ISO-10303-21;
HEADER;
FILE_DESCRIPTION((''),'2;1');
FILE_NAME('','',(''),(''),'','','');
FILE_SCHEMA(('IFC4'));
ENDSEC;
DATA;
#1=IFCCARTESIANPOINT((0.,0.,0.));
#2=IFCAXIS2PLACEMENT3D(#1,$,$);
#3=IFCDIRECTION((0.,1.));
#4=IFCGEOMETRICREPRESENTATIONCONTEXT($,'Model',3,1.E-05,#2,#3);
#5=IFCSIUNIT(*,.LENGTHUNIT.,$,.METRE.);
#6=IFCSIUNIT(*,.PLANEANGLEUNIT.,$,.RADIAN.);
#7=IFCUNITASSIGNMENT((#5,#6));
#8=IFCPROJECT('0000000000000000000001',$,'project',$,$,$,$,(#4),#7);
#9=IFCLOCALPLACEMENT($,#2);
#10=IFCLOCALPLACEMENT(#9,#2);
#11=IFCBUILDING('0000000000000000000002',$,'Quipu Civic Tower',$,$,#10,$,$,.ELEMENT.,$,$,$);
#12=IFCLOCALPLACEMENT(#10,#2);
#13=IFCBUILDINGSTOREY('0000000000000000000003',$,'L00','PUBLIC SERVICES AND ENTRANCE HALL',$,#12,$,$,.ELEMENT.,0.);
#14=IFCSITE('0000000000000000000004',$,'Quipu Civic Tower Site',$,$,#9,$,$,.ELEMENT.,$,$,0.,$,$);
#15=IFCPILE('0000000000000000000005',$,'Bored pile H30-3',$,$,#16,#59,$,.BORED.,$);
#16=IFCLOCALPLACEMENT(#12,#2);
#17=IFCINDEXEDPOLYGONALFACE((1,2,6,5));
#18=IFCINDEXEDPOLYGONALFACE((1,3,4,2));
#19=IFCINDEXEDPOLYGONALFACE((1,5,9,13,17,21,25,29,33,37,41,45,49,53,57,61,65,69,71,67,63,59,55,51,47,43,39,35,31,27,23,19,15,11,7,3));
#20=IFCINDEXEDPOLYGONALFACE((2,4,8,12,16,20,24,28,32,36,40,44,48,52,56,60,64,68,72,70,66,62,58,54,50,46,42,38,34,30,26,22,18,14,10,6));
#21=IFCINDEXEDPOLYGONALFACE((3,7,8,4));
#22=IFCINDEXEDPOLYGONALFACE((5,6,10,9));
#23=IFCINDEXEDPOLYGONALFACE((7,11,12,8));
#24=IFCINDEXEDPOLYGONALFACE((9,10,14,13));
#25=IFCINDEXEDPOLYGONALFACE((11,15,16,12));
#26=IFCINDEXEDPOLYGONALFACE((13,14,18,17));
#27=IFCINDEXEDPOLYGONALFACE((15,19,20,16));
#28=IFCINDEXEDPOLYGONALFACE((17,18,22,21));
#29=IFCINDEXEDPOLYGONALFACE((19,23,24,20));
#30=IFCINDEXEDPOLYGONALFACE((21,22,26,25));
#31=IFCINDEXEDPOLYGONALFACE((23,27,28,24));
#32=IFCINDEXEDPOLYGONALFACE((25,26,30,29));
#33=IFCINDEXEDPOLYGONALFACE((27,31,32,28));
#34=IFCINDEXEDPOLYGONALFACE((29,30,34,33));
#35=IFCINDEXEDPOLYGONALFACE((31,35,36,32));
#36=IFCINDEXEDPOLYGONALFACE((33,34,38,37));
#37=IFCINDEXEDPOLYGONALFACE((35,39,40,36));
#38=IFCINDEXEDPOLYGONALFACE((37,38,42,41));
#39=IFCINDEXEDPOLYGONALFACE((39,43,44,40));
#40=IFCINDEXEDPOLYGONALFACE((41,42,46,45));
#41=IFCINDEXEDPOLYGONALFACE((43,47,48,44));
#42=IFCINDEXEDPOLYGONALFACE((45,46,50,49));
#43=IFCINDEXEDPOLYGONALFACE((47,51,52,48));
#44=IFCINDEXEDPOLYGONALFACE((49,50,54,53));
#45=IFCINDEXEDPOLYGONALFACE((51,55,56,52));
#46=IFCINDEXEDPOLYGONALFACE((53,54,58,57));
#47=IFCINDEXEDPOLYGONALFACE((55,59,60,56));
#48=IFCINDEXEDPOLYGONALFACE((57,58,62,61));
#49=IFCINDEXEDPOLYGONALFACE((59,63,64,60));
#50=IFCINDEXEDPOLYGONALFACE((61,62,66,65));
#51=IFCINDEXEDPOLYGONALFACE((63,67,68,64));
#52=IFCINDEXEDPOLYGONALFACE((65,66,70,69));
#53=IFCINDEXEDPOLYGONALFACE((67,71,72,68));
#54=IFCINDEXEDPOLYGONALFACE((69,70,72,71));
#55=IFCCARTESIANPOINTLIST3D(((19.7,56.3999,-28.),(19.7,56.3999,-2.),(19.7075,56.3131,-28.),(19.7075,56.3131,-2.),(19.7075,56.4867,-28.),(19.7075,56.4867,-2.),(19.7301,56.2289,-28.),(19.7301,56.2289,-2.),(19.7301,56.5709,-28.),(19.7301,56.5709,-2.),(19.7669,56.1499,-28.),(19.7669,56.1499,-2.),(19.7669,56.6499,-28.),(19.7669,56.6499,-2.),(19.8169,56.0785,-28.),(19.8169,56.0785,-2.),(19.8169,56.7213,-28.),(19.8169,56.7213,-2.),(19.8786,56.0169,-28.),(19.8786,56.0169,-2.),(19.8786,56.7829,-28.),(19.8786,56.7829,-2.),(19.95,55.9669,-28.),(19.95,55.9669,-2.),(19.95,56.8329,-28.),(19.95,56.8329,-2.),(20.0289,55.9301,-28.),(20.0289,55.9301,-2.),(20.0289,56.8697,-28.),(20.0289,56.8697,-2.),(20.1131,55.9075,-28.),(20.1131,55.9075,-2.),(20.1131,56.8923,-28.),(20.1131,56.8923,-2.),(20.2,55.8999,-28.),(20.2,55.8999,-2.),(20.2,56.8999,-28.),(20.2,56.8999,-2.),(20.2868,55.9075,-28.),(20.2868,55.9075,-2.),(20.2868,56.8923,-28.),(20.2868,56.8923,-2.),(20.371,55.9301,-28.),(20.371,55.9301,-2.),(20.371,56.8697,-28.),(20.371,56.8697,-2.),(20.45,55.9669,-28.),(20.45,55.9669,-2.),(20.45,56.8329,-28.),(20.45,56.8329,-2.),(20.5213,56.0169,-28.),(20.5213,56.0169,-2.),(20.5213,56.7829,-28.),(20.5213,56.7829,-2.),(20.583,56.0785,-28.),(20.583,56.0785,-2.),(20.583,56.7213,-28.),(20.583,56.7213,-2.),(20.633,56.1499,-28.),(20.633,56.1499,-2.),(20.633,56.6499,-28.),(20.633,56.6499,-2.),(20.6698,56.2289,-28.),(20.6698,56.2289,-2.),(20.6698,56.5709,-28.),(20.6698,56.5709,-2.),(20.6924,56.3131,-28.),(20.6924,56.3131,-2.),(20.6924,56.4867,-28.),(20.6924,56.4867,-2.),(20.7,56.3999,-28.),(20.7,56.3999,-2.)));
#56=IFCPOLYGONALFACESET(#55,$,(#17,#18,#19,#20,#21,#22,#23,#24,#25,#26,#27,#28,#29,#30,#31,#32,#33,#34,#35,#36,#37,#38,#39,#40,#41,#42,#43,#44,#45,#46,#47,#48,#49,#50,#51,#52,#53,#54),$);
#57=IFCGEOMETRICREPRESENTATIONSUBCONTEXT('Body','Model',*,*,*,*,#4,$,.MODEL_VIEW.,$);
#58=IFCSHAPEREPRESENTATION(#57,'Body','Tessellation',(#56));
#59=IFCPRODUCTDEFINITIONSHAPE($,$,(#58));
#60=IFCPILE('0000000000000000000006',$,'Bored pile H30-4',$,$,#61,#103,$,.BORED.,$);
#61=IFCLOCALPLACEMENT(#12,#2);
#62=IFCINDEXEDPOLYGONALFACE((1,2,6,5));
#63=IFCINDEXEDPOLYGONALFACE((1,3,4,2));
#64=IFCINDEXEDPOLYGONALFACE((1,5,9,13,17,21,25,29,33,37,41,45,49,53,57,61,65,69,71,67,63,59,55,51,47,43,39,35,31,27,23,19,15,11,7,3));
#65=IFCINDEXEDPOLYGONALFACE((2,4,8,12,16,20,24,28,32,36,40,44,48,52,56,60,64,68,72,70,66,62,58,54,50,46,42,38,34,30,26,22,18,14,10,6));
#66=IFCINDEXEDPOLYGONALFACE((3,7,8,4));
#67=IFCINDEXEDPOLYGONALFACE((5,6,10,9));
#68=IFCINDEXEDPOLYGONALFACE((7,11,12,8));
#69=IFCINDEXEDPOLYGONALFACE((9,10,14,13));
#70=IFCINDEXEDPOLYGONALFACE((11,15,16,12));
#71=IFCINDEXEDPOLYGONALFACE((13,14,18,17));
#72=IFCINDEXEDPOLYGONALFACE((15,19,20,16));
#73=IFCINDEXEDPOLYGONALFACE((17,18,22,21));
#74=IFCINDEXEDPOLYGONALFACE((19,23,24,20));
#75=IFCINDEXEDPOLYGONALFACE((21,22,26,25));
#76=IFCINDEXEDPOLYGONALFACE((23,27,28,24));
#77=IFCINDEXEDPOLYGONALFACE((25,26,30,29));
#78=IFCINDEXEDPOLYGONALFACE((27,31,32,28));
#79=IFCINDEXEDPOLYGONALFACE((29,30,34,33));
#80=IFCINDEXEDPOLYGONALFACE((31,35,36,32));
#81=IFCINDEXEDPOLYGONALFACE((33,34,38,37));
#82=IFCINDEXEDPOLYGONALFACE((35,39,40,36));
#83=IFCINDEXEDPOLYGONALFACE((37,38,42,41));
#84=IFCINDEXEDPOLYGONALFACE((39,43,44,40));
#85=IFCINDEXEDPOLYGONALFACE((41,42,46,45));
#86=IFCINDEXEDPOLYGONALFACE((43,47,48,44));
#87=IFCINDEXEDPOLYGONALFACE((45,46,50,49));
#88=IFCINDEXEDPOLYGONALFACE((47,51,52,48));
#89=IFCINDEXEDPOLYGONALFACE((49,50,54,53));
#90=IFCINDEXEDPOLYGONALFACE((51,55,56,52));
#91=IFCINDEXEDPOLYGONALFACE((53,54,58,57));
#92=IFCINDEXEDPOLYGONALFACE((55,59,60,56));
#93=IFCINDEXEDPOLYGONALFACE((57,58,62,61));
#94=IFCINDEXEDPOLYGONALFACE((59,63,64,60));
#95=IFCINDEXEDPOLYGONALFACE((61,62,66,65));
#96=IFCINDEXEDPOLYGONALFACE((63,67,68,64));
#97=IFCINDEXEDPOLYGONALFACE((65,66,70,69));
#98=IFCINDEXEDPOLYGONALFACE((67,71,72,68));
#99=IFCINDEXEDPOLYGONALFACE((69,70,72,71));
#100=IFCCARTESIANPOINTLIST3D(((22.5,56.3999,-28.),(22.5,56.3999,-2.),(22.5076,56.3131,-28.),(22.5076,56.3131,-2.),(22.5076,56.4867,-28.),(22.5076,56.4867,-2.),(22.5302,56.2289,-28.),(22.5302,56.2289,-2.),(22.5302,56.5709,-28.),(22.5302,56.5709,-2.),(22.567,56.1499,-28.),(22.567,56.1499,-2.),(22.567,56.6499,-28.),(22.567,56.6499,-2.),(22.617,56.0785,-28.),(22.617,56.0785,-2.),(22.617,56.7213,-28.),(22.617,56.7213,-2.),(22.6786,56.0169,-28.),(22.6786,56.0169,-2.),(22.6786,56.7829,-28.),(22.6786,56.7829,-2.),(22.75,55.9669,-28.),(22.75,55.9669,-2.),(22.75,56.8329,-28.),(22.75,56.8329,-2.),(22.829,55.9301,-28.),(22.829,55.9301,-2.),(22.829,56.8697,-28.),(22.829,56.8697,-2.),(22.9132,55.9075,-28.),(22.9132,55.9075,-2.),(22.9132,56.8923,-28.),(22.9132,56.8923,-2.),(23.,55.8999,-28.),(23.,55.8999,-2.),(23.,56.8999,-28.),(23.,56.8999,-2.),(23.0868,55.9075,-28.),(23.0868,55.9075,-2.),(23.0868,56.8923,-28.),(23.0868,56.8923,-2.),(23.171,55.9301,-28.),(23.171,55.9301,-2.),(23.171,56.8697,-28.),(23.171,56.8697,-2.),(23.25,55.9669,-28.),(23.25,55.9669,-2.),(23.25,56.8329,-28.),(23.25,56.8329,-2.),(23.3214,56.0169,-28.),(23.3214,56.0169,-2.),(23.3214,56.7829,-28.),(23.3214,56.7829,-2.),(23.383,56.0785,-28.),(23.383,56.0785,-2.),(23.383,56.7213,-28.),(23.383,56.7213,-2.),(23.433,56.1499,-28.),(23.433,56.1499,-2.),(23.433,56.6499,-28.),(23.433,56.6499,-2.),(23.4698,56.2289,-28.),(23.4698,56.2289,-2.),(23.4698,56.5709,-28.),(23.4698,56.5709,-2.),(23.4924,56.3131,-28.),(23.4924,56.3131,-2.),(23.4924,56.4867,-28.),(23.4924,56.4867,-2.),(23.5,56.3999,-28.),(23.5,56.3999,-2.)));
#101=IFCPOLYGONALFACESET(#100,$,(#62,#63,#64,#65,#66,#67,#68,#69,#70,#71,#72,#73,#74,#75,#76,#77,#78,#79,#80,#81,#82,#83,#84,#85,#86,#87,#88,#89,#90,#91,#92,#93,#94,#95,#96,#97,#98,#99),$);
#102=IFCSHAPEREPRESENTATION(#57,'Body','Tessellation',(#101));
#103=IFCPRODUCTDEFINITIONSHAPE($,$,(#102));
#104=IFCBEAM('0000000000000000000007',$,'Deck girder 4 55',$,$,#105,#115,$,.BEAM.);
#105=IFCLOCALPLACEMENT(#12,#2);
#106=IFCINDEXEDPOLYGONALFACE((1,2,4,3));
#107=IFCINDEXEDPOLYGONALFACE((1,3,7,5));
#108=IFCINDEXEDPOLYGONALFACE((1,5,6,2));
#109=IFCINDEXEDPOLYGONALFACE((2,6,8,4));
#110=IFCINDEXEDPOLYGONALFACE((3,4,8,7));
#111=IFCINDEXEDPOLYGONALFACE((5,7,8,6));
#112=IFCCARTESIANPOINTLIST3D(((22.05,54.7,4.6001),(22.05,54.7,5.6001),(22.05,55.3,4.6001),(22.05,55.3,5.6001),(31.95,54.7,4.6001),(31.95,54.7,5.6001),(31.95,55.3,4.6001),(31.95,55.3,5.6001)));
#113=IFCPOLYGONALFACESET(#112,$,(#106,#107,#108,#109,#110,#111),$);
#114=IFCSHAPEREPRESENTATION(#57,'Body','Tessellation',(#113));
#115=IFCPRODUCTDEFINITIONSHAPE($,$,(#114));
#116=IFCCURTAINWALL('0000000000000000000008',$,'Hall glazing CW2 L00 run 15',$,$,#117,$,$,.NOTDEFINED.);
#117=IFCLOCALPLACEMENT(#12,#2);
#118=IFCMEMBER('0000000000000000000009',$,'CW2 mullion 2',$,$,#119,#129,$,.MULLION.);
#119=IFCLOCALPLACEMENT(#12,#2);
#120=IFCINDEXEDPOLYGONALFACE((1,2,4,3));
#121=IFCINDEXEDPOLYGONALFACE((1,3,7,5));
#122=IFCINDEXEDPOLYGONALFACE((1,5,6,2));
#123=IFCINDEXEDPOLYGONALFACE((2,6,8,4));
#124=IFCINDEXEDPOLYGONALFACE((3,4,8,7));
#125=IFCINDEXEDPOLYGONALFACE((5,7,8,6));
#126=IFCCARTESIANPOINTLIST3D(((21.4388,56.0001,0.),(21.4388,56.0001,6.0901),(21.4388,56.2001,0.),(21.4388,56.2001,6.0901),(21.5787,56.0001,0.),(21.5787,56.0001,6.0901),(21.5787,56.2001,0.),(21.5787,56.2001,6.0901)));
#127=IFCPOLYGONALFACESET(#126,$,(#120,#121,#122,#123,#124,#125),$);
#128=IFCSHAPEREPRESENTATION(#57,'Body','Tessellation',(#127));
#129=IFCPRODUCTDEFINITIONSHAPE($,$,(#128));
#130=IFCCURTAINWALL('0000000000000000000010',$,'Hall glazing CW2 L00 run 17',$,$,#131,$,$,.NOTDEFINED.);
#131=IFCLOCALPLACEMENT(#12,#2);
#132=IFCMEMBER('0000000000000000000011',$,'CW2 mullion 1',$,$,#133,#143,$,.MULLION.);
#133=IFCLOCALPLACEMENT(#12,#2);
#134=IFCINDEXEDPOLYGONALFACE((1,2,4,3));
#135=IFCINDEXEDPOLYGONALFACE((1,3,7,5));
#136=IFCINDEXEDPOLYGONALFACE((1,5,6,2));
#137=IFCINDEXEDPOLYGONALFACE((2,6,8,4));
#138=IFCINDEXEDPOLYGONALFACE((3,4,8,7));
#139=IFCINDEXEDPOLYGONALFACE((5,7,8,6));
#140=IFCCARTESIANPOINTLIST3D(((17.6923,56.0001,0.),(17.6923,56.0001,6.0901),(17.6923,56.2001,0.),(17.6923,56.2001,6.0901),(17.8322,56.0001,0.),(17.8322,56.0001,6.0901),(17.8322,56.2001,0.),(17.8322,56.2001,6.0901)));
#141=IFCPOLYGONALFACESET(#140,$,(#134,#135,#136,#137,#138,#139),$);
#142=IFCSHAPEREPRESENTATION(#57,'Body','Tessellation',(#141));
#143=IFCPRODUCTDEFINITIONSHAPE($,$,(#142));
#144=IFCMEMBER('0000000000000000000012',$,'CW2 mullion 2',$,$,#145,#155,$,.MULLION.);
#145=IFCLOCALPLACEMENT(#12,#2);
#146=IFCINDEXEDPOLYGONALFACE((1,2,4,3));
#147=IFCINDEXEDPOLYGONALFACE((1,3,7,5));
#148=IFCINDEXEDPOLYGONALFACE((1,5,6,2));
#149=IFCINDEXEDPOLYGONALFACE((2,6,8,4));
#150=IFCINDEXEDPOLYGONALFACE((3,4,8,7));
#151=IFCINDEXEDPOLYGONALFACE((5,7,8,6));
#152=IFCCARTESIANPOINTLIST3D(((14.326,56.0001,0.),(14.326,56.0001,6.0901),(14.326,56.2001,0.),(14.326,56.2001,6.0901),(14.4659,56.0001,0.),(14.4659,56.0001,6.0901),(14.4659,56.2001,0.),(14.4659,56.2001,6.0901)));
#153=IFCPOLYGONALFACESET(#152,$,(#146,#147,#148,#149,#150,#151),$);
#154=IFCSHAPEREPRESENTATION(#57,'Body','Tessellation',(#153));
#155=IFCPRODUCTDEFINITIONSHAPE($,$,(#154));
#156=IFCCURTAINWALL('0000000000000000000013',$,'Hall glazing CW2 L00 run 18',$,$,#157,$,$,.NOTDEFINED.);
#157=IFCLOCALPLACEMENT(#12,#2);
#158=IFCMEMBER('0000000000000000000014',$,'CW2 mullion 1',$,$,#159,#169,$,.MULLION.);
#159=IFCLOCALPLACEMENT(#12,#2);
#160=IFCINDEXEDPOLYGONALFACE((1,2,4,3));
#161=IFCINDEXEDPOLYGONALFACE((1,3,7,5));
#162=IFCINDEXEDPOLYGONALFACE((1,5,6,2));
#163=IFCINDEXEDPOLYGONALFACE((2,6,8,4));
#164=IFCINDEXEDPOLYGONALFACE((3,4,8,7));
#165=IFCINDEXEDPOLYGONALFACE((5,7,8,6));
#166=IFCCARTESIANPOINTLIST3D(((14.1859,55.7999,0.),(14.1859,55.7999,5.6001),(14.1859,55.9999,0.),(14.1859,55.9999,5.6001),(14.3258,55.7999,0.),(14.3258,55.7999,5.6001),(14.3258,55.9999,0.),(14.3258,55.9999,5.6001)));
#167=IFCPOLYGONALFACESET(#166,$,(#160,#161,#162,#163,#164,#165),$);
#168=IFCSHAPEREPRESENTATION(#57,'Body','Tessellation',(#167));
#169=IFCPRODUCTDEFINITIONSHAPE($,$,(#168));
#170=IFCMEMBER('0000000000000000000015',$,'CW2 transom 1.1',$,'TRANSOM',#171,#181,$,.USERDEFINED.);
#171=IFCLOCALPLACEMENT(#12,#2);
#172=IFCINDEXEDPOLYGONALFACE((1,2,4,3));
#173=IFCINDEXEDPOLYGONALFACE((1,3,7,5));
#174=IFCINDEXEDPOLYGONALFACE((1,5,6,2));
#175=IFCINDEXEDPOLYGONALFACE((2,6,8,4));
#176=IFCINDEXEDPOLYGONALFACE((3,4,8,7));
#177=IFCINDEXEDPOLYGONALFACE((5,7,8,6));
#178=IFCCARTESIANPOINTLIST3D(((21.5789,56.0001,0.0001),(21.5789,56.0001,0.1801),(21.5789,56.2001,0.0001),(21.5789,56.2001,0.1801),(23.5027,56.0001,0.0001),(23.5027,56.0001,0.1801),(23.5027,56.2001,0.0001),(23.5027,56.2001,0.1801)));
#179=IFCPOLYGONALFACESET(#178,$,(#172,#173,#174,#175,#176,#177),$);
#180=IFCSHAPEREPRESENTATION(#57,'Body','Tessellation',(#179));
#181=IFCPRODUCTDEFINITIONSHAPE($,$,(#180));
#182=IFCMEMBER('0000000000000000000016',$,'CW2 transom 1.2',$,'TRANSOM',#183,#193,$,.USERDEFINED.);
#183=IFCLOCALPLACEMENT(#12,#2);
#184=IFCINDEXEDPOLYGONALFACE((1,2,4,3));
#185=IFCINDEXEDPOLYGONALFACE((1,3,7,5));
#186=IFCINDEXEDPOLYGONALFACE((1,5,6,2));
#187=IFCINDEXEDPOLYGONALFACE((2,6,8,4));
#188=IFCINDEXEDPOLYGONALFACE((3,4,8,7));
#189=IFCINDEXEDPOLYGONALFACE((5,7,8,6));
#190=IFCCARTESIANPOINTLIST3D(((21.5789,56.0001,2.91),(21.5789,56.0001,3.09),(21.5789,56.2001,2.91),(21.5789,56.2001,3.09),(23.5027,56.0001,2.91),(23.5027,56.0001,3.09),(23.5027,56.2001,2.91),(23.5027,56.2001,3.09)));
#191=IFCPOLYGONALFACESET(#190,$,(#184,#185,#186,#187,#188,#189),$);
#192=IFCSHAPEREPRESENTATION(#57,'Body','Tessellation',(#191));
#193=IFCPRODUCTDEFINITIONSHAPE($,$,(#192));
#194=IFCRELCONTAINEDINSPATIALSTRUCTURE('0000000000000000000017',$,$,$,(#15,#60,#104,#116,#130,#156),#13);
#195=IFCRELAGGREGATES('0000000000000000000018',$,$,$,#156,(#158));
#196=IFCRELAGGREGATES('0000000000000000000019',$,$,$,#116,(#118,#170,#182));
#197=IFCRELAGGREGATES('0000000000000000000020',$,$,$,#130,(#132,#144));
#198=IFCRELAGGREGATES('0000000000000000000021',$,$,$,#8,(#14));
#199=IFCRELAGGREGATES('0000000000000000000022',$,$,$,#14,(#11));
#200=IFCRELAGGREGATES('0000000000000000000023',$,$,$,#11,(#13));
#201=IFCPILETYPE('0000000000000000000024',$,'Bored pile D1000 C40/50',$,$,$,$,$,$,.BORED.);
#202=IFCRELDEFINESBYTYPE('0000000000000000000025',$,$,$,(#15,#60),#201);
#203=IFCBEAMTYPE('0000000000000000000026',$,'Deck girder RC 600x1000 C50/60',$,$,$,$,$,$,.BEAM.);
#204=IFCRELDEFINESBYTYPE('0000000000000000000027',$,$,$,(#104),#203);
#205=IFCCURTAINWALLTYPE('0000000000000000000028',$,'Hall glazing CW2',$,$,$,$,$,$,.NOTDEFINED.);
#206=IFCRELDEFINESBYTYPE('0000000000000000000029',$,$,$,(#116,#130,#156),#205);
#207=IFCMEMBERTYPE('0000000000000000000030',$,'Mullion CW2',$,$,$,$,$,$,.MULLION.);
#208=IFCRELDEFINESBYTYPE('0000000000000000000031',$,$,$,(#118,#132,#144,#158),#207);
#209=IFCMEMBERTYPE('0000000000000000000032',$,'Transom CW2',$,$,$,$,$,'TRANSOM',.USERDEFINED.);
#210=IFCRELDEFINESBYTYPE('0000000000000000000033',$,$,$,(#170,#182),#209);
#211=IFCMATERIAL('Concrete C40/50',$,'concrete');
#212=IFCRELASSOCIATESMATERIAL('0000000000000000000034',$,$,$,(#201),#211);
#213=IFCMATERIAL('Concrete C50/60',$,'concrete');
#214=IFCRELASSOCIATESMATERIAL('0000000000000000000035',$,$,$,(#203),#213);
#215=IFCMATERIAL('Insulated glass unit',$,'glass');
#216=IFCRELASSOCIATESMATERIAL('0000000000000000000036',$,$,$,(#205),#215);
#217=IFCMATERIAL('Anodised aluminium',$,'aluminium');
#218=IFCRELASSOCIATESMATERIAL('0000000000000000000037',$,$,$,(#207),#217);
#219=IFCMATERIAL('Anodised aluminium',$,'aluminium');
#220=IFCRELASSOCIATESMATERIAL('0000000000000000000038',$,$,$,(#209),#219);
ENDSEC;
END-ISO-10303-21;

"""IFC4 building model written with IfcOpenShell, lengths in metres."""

from ifc_helpers import new_model, si_unit, direction, frame, origin, origin_2d, place, context, subcontext, project, spatial, rectangle, circle, extrude, material, material_profile, profile_set, type_object, element, aggregate, save


model = new_model("IFC4")

# Units and contexts
model_context = context("Model", 3, precision=1e-05, world=origin(), true_north=direction((0.0, 1.0)))
body_context = subcontext(model_context, "Body", "Model", "MODEL_VIEW")
ifc_project = project(units=[si_unit("LENGTHUNIT", "METRE"), si_unit("PLANEANGLEUNIT", "RADIAN")], contexts=[model_context])

# Site, building, storey
site_placement = place(None, origin())
site = spatial("IfcSite", under=ifc_project, at=site_placement, Name="Quipu Civic Tower Site", CompositionType="ELEMENT", RefElevation=0.0)
building_placement = place(site_placement, origin())
building = spatial("IfcBuilding", under=site, at=building_placement, Name="Quipu Civic Tower", CompositionType="ELEMENT")
storey_placement = place(building_placement, origin())
storey = spatial("IfcBuildingStorey", under=building, at=storey_placement, Name="L00", Description="PUBLIC SERVICES AND ENTRANCE HALL", CompositionType="ELEMENT", Elevation=0.0)

# Piles
ifc_material_1 = material(Name="Concrete C40/50", Category="concrete")
ifc_material_profile_1 = material_profile(ifc_material_1, circle(Radius=0.5, at=origin_2d()), Name="RCD1000")
ifc_profile_set_1 = profile_set([ifc_material_profile_1], Name="Concrete C40/50")
pile_type = type_object("IfcPileType", Name="Bored pile D1000 C40/50", PredefinedType="BORED", material=ifc_profile_set_1)
for number, where, z_axis, x_axis, name in (
    (1, (20.2, 56.3999, -2.0), (0.0, 0.0, -1.0), (1.0, 0.0, 0.0), "Bored pile H30-3"),
    (2, (23.0, 56.3999, -2.0), (0.0, 0.0, -1.0), (1.0, 0.0, 0.0), "Bored pile H30-4"),
):
    element("IfcPile", number, at=place(storey_placement, frame(where, z_axis=z_axis, x_axis=x_axis)), inside=storey, type_object=pile_type, Name=name, PredefinedType="BORED", context=body_context, shape_type="SweptSolid", body=[
        extrude(circle(Radius=0.5, at=origin_2d()), origin(), (0.0, 0.0, 1.0), 26.0),
    ])

# Beam
ifc_material_2 = material(Name="Concrete C50/60", Category="concrete")
ifc_material_profile_2 = material_profile(ifc_material_2, rectangle(XDim=0.6001, YDim=1.0, at=origin_2d()), Name="RC600x1000")
ifc_profile_set_2 = profile_set([ifc_material_profile_2], Name="Concrete C50/60")
beam_type = type_object("IfcBeamType", Name="Deck girder RC 600x1000 C50/60", PredefinedType="BEAM", material=ifc_profile_set_2)
beam_placement = place(storey_placement, frame((22.05, 55.0, 5.1001), z_axis=(1.0, 0.0, 0.0), x_axis=(0.0, 1.0, 0.0)))
element("IfcBeam", 3, at=beam_placement, inside=storey, type_object=beam_type, Name="Deck girder 4 55", PredefinedType="BEAM", context=body_context, shape_type="SweptSolid", body=[
    extrude(rectangle(XDim=0.6001, YDim=1.0, at=origin_2d()), origin(), (0.0, 0.0, 1.0), 9.8999),
])

# Curtain wall, member
ifc_material_3 = material(Name="Insulated glass unit", Category="glass")
curtain_wall_type = type_object("IfcCurtainWallType", Name="Hall glazing CW2", PredefinedType="NOTDEFINED", material=ifc_material_3)
curtain_wall_1_placement = place(storey_placement, origin())
curtain_wall_1 = element("IfcCurtainWall", 4, at=curtain_wall_1_placement, inside=storey, type_object=curtain_wall_type, Name="Hall glazing CW2 L00 run 15", PredefinedType="NOTDEFINED")
ifc_material_4 = material(Name="Anodised aluminium", Category="aluminium")
ifc_material_profile_3 = material_profile(ifc_material_4, rectangle(XDim=0.2, YDim=0.1399, at=origin_2d()), Name="RECT 200x140")
ifc_profile_set_3 = profile_set([ifc_material_profile_3], Name="Anodised aluminium")
member_type_1 = type_object("IfcMemberType", Name="Mullion CW2", PredefinedType="MULLION", material=ifc_profile_set_3)
member_1_placement = place(storey_placement, frame((21.5088, 56.1001, 0.0), z_axis=(0.0, 0.0, 1.0), x_axis=(0.0, -1.0, 0.0)))
member_1 = element("IfcMember", 5, at=member_1_placement, type_object=member_type_1, Name="CW2 mullion 2", PredefinedType="MULLION", context=body_context, shape_type="SweptSolid", body=[
    extrude(rectangle(XDim=0.2, YDim=0.1399, at=origin_2d()), origin(), (0.0, 0.0, 1.0), 6.0901),
])

# Curtain wall, members
curtain_wall_2_placement = place(storey_placement, origin())
curtain_wall_2 = element("IfcCurtainWall", 6, at=curtain_wall_2_placement, inside=storey, type_object=curtain_wall_type, Name="Hall glazing CW2 L00 run 17", PredefinedType="NOTDEFINED")
member_2_placement = place(storey_placement, frame((17.7622, 56.1001, 0.0), z_axis=(0.0, 0.0, 1.0), x_axis=(0.0, -1.0, 0.0)))
member_2 = element("IfcMember", 7, at=member_2_placement, type_object=member_type_1, Name="CW2 mullion 1", PredefinedType="MULLION", context=body_context, shape_type="SweptSolid", body=[
    extrude(rectangle(XDim=0.2, YDim=0.1399, at=origin_2d()), origin(), (0.0, 0.0, 1.0), 6.0901),
])
member_3_placement = place(storey_placement, frame((14.396, 56.1001, 0.0), z_axis=(0.0, 0.0, 1.0), x_axis=(0.0, -1.0, 0.0)))
member_3 = element("IfcMember", 8, at=member_3_placement, type_object=member_type_1, Name="CW2 mullion 2", PredefinedType="MULLION", context=body_context, shape_type="SweptSolid", body=[
    extrude(rectangle(XDim=0.2, YDim=0.1399, at=origin_2d()), origin(), (0.0, 0.0, 1.0), 6.0901),
])

# Curtain wall, member
curtain_wall_3_placement = place(storey_placement, origin())
curtain_wall_3 = element("IfcCurtainWall", 9, at=curtain_wall_3_placement, inside=storey, type_object=curtain_wall_type, Name="Hall glazing CW2 L00 run 18", PredefinedType="NOTDEFINED")
member_4_placement = place(storey_placement, frame((14.2559, 55.8999, 0.0), z_axis=(0.0, 0.0, 1.0), x_axis=(0.0, -1.0, 0.0)))
member_4 = element("IfcMember", 10, at=member_4_placement, type_object=member_type_1, Name="CW2 mullion 1", PredefinedType="MULLION", context=body_context, shape_type="SweptSolid", body=[
    extrude(rectangle(XDim=0.2, YDim=0.1399, at=origin_2d()), origin(), (0.0, 0.0, 1.0), 5.6001),
])

# Members
ifc_material_5 = material(Name="Anodised aluminium", Category="aluminium")
ifc_material_profile_4 = material_profile(ifc_material_5, rectangle(XDim=0.2, YDim=0.1799, at=origin_2d()), Name="RECT 200x180")
ifc_profile_set_4 = profile_set([ifc_material_profile_4], Name="Anodised aluminium")
member_type_2 = type_object("IfcMemberType", Name="Transom CW2", ElementType="TRANSOM", PredefinedType="USERDEFINED", material=ifc_profile_set_4)
member_5_placement = place(storey_placement, frame((23.5027, 56.1001, 0.0901), z_axis=(-1.0, 0.0, 0.0), x_axis=(0.0, -1.0, 0.0)))
member_5 = element("IfcMember", 11, at=member_5_placement, type_object=member_type_2, Name="CW2 transom 1.1", ObjectType="TRANSOM", PredefinedType="USERDEFINED", context=body_context, shape_type="SweptSolid", body=[
    extrude(rectangle(XDim=0.2, YDim=0.1799, at=origin_2d()), origin(), (0.0, 0.0, 1.0), 1.9238),
])
member_6_placement = place(storey_placement, frame((23.5027, 56.1001, 3.0), z_axis=(-1.0, 0.0, 0.0), x_axis=(0.0, -1.0, 0.0)))
member_6 = element("IfcMember", 12, at=member_6_placement, type_object=member_type_2, Name="CW2 transom 1.2", ObjectType="TRANSOM", PredefinedType="USERDEFINED", context=body_context, shape_type="SweptSolid", body=[
    extrude(rectangle(XDim=0.2, YDim=0.1799, at=origin_2d()), origin(), (0.0, 0.0, 1.0), 1.9238),
])
aggregate(curtain_wall_3, [member_4])

aggregate(curtain_wall_1, [member_1, member_5, member_6])
aggregate(curtain_wall_2, [member_2, member_3])

save(model, "model.ifc")
